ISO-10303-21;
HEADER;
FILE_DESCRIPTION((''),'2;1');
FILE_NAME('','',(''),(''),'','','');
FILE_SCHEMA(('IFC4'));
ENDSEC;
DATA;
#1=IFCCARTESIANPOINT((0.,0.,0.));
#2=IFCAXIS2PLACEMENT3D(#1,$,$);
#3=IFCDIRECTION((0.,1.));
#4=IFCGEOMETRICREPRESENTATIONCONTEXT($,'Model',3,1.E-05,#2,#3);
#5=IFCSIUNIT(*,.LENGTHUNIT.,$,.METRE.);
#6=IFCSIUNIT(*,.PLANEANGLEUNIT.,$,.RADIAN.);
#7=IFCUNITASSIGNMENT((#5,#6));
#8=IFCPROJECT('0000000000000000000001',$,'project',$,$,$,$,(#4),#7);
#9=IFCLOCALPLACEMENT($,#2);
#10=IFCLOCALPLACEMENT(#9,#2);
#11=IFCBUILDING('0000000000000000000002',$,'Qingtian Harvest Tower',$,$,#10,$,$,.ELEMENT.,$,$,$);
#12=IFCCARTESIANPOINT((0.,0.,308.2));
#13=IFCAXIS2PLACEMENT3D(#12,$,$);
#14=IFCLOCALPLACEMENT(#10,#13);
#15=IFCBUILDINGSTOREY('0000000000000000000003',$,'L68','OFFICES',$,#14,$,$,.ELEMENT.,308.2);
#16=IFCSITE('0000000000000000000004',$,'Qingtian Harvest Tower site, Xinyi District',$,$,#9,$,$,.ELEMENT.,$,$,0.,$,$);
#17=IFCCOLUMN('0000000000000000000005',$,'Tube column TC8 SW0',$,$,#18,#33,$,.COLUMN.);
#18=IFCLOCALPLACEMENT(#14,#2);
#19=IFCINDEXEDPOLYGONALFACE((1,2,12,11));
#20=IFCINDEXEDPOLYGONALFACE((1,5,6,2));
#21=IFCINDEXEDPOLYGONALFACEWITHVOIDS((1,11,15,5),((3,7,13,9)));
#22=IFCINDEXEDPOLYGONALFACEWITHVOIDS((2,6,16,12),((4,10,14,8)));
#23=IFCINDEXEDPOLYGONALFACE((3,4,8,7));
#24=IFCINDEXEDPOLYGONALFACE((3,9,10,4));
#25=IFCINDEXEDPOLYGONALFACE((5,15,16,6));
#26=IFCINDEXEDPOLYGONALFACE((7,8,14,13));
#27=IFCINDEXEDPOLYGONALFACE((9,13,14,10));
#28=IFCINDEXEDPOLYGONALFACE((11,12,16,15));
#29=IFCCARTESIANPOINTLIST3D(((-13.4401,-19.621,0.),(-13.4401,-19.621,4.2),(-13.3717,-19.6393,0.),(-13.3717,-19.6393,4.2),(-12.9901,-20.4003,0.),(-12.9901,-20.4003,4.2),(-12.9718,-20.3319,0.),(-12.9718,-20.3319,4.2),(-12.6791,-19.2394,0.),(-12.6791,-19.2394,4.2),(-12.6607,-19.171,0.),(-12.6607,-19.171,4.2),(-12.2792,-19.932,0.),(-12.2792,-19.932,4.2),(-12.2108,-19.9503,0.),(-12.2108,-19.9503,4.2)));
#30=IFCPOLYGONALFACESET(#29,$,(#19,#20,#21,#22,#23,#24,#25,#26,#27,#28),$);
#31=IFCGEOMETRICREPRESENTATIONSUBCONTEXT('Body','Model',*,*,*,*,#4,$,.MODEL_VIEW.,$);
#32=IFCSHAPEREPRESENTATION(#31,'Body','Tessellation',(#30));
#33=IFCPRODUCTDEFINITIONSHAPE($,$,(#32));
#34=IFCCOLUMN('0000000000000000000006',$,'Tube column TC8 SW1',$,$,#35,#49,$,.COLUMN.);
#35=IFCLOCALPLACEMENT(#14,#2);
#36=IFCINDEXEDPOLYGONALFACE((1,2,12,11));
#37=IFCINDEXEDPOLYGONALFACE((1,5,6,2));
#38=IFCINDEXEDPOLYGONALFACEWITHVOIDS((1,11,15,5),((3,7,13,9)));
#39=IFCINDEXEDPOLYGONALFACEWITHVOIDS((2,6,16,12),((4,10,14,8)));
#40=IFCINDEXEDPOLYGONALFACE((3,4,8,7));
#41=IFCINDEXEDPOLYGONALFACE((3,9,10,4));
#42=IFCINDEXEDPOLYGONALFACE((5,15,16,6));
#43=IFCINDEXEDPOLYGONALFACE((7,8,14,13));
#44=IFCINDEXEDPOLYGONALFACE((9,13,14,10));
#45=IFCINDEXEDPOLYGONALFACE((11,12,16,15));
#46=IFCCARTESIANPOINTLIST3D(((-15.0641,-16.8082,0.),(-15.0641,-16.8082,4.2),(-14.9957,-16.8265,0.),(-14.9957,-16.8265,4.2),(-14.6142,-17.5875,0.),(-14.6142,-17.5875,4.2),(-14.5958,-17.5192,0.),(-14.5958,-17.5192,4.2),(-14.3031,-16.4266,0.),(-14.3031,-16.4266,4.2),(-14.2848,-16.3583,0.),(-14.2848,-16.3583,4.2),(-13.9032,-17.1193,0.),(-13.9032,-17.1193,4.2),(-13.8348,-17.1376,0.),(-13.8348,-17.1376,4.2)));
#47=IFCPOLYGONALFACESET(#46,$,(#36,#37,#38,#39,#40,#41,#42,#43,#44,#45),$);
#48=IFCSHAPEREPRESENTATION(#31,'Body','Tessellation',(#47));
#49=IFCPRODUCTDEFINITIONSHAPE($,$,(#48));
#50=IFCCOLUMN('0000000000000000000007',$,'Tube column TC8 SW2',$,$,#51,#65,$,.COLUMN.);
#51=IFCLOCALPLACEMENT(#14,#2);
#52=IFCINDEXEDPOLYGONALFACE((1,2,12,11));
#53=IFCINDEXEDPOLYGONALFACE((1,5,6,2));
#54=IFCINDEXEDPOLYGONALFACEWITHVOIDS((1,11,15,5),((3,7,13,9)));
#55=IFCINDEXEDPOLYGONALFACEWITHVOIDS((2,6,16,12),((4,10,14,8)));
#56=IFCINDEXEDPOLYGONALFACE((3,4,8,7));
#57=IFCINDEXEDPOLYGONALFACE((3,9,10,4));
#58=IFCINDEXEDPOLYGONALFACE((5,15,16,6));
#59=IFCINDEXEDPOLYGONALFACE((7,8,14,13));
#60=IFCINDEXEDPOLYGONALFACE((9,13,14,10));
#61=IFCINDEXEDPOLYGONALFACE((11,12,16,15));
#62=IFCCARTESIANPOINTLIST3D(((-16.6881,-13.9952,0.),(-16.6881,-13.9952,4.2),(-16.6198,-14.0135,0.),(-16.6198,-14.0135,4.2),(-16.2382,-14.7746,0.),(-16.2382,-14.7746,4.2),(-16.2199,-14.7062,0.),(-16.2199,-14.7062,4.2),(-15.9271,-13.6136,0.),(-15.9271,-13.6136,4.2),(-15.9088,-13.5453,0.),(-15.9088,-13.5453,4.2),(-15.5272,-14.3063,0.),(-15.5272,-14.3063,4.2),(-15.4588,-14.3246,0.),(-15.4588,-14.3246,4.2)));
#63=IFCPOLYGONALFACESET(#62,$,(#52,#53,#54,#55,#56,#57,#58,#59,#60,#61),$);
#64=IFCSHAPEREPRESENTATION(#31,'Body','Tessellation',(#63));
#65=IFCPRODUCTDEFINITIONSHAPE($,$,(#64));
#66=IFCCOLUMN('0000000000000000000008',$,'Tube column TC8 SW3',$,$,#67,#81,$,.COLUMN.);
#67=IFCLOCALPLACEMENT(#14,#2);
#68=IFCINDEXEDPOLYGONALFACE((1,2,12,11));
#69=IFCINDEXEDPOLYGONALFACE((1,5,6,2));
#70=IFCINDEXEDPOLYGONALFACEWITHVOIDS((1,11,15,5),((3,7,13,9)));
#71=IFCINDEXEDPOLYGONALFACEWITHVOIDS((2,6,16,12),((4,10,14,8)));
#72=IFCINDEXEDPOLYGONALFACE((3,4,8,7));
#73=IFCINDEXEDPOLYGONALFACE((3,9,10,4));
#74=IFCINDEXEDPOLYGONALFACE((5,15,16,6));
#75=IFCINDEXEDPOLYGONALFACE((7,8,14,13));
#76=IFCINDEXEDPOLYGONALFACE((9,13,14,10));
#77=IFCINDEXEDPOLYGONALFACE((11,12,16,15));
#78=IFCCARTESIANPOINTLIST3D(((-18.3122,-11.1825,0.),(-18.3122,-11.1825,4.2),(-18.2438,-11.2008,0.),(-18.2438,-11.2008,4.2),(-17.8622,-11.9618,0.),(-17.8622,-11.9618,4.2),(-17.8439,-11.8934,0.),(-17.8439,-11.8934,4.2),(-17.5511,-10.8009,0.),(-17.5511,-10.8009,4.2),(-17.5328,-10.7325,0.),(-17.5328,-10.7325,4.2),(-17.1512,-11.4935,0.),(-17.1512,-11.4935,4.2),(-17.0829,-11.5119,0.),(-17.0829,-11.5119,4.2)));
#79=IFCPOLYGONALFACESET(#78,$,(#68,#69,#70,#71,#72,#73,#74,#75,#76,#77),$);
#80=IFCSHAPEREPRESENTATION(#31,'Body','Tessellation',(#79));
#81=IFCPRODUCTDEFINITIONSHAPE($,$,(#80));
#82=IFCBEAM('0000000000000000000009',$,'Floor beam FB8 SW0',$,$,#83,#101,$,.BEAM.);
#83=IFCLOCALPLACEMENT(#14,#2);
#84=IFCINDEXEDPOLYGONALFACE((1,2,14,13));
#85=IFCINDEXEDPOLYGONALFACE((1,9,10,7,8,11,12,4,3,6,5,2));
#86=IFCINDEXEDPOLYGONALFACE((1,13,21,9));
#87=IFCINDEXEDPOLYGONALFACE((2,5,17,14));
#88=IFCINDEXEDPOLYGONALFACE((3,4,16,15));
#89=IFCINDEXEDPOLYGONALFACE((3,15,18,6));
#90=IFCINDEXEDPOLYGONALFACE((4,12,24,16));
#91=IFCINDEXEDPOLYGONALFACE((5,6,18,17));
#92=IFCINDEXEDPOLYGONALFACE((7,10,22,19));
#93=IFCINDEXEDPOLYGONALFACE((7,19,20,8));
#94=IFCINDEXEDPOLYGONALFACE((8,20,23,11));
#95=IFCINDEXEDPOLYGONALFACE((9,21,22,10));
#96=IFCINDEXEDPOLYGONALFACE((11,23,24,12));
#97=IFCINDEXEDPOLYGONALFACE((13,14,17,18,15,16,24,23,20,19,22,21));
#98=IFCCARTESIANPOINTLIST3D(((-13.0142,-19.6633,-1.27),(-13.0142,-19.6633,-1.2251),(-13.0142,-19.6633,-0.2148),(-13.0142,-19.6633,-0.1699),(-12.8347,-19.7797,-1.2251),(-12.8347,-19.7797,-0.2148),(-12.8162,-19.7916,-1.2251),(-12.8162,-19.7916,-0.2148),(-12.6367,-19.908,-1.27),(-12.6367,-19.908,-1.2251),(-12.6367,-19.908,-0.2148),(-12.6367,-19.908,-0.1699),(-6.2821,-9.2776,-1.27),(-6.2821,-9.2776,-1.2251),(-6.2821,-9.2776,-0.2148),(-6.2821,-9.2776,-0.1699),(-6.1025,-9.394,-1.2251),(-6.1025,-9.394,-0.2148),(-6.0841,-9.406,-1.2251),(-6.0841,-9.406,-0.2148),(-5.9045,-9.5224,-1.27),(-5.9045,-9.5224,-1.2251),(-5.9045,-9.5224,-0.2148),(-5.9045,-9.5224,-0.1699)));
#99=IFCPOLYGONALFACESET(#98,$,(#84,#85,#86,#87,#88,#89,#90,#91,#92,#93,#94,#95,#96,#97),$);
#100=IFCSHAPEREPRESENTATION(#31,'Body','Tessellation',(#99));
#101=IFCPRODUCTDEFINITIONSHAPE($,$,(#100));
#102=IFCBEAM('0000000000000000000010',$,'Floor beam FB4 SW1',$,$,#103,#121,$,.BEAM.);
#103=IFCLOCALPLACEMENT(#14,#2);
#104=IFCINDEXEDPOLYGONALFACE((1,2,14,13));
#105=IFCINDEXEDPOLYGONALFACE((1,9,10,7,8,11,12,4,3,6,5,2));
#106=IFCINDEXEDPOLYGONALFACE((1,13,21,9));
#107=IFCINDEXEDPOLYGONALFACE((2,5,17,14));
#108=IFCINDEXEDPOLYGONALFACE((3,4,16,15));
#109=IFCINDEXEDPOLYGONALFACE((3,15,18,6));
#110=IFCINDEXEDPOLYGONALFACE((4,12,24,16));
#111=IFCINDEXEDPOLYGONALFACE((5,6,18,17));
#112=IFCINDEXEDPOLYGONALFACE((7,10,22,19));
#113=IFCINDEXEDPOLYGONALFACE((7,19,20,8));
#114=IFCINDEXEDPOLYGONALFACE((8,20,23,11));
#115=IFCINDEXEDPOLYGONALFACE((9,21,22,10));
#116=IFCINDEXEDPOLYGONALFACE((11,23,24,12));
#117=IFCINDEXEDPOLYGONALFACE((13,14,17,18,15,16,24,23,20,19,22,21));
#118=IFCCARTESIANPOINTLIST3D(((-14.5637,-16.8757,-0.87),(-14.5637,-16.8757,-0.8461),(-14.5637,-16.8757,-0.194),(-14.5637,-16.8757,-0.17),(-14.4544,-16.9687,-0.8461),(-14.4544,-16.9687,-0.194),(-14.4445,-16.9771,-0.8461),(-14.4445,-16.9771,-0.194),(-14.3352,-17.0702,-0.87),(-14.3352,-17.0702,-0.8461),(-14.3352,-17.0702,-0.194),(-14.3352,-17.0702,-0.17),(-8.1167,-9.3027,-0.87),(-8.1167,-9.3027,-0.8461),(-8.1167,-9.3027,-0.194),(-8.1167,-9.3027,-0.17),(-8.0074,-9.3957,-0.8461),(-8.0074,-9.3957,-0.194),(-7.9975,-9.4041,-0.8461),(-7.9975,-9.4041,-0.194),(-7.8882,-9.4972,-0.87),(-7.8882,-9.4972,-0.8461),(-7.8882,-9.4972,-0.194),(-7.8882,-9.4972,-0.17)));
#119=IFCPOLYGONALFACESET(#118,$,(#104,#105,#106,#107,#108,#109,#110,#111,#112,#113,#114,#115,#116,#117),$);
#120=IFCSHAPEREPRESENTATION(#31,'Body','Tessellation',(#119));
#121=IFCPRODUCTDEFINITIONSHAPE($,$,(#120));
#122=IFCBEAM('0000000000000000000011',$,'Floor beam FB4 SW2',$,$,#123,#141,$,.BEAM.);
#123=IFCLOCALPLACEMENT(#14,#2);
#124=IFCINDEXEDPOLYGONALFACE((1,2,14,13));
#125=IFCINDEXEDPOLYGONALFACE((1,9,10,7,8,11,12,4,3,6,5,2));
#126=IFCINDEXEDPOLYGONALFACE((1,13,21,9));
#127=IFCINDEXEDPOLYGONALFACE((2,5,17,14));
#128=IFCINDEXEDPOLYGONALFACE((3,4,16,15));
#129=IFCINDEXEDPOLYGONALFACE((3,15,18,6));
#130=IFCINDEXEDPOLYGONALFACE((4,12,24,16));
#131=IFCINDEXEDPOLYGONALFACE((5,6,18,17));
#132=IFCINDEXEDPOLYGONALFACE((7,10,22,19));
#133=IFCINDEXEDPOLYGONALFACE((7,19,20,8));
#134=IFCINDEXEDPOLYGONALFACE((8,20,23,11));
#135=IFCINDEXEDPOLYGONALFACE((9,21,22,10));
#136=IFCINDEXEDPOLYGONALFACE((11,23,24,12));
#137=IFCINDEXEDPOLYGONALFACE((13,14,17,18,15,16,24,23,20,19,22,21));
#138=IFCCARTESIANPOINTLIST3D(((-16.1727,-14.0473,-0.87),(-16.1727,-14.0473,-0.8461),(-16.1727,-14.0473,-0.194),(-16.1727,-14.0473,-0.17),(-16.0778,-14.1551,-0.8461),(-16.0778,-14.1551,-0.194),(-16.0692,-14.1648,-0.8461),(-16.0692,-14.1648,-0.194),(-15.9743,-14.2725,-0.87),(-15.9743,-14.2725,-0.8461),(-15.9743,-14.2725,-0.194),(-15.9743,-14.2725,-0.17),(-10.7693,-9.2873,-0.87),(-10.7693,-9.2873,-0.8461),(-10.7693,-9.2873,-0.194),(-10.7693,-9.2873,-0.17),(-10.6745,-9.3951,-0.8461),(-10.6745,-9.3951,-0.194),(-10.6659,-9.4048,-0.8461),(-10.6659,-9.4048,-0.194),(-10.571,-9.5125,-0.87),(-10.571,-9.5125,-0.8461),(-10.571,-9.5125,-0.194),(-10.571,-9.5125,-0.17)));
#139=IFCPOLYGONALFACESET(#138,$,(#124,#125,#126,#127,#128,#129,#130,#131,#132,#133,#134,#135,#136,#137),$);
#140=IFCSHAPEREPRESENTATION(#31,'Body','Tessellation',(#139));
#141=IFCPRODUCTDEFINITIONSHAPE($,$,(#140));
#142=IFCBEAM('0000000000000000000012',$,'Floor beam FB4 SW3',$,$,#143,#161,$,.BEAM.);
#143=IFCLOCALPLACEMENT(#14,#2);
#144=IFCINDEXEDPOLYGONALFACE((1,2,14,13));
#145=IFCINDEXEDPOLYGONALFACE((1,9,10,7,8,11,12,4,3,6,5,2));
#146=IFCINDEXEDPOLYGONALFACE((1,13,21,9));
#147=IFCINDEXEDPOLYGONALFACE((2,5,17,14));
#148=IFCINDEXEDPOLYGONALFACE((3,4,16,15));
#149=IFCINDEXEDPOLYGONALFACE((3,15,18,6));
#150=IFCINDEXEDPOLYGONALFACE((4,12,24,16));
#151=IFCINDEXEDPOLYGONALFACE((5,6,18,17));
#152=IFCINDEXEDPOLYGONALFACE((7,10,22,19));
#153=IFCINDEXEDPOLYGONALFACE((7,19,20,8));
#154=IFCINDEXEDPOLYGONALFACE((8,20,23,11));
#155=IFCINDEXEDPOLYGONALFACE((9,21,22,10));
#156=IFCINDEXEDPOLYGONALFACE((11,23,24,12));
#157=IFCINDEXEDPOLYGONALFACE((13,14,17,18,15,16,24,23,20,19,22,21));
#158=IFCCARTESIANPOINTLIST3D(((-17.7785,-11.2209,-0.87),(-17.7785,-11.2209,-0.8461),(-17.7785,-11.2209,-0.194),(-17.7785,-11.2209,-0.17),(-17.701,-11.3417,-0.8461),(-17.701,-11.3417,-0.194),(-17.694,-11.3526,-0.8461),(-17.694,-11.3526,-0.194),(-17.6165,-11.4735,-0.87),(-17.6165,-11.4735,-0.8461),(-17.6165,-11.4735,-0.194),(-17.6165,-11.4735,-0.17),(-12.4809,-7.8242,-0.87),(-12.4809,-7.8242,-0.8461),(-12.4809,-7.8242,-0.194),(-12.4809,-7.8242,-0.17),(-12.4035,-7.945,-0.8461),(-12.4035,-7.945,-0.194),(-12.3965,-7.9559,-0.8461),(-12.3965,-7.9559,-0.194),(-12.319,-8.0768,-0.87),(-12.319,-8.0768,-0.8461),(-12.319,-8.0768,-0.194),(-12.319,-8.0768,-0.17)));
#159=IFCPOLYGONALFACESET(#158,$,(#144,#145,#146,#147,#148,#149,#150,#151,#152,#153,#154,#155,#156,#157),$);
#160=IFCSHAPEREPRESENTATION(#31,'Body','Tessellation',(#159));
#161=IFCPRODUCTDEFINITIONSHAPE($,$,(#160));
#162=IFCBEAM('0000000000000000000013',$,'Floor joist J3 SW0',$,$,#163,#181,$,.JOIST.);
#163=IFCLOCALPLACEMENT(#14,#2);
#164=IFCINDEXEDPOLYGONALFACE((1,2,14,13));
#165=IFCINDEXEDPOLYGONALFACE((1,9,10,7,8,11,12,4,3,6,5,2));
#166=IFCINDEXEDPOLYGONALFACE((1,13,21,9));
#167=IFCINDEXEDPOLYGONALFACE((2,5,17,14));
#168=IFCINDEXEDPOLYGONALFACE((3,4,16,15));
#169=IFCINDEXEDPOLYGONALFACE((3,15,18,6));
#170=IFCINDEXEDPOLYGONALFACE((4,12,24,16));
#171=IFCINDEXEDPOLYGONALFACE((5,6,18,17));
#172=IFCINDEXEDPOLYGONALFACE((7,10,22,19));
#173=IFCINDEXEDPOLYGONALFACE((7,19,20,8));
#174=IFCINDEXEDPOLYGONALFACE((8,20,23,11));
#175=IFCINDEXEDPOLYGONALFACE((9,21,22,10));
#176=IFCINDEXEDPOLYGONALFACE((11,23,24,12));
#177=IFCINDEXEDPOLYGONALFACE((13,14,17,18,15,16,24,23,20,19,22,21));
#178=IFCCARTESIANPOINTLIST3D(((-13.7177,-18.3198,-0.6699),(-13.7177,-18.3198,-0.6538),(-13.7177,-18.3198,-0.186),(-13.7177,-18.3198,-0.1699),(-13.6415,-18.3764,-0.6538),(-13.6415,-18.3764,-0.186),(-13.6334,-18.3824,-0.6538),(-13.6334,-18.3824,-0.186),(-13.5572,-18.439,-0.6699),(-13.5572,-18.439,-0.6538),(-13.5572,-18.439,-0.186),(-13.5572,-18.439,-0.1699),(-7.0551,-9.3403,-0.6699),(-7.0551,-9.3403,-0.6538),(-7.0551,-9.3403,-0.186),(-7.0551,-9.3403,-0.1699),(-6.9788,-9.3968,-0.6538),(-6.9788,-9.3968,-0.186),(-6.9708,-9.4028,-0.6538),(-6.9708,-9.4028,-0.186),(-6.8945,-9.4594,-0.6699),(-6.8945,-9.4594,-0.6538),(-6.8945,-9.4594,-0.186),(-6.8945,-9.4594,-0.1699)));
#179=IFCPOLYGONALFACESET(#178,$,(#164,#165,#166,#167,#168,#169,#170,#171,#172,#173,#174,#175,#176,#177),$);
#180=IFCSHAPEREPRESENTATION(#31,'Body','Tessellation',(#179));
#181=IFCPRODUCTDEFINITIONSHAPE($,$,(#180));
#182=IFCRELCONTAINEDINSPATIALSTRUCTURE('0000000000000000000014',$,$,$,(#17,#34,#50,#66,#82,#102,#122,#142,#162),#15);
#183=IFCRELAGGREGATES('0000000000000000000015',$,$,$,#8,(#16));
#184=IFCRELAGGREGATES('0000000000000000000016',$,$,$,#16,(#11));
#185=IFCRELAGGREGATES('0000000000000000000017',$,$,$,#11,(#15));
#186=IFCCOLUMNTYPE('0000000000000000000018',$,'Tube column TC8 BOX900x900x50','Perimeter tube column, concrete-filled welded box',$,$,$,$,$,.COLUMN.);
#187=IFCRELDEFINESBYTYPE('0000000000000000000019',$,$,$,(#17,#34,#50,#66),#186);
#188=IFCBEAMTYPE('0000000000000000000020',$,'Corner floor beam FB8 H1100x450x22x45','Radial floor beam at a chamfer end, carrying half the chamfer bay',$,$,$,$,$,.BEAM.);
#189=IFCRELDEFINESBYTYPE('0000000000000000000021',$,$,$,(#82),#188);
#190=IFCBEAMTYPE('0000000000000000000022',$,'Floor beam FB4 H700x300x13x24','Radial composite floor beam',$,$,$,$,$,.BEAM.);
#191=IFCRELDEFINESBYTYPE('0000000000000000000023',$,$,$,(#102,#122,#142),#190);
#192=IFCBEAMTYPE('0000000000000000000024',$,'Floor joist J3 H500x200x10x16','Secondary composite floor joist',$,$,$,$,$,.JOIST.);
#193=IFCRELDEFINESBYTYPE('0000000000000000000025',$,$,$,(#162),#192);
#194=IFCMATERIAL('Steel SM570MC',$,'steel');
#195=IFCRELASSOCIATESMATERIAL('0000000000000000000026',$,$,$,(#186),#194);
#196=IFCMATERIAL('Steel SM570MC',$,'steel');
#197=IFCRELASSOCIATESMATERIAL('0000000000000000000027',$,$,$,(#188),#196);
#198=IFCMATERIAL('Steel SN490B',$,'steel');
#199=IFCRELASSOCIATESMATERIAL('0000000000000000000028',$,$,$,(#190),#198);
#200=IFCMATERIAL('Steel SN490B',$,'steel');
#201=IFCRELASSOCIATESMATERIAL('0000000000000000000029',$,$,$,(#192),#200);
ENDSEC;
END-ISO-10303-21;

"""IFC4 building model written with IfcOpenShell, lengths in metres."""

from ifc_helpers import new_model, si_unit, direction, frame, origin, origin_2d, place, context, subcontext, project, spatial, hollow_rectangle, i_section, extrude, material, material_profile, profile_set, type_object, element, save


model = new_model("IFC4")

# Units and contexts
model_context = context("Model", 3, precision=1e-05, world=origin(), true_north=direction((0.0, 1.0)))
body_context = subcontext(model_context, "Body", "Model", "MODEL_VIEW")
ifc_project = project(units=[si_unit("LENGTHUNIT", "METRE"), si_unit("PLANEANGLEUNIT", "RADIAN")], contexts=[model_context])

# Site, building, storey
site_placement = place(None, origin())
site = spatial("IfcSite", under=ifc_project, at=site_placement, Name="Qingtian Harvest Tower site, Xinyi District", CompositionType="ELEMENT", RefElevation=0.0)
building_placement = place(site_placement, origin())
building = spatial("IfcBuilding", under=site, at=building_placement, Name="Qingtian Harvest Tower", CompositionType="ELEMENT")
storey_placement = place(building_placement, frame((0.0, 0.0, 308.2)))
storey = spatial("IfcBuildingStorey", under=building, at=storey_placement, Name="L68", Description="OFFICES", CompositionType="ELEMENT", Elevation=308.2)

# Columns
ifc_material_1 = material(Name="Steel SM570MC", Category="steel")
ifc_material_profile_1 = material_profile(ifc_material_1, hollow_rectangle(XDim=0.8999, YDim=0.8999, WallThickness=0.05, at=origin_2d()), Name="BOX900x900x50")
ifc_profile_set_1 = profile_set([ifc_material_profile_1], Name="Steel SM570MC")
column_type = type_object("IfcColumnType", Name="Tube column TC8 BOX900x900x50", Description="Perimeter tube column, concrete-filled welded box", PredefinedType="COLUMN", material=ifc_profile_set_1)
for number, where, z_axis, x_axis, name in (
    (1, (-12.8254, -19.7856, 0.0), (0.0, 0.0, 1.0), (0.5, -0.866025, 0.0), "Tube column TC8 SW0"),
    (2, (-14.4495, -16.9729, 0.0), (0.0, 0.0, 1.0), (0.5, -0.866025, 0.0), "Tube column TC8 SW1"),
    (3, (-16.0735, -14.1599, 0.0), (0.0, 0.0, 1.0), (0.5, -0.866025, 0.0), "Tube column TC8 SW2"),
    (4, (-17.6975, -11.3472, 0.0), (0.0, 0.0, 1.0), (0.5, -0.866025, 0.0), "Tube column TC8 SW3"),
):
    element("IfcColumn", number, at=place(storey_placement, frame(where, z_axis=z_axis, x_axis=x_axis)), inside=storey, type_object=column_type, Name=name, PredefinedType="COLUMN", context=body_context, shape_type="SweptSolid", body=[
        extrude(hollow_rectangle(XDim=0.8999, YDim=0.8999, WallThickness=0.05, at=origin_2d()), origin(), (0.0, 0.0, 1.0), 4.2),
    ])

# Beams
ifc_material_2 = material(Name="Steel SM570MC", Category="steel")
ifc_material_profile_2 = material_profile(ifc_material_2, i_section(OverallWidth=0.45, OverallDepth=1.1001, WebThickness=0.022, FlangeThickness=0.0449, at=origin_2d()), Name="H1100x450x22x45")
ifc_profile_set_2 = profile_set([ifc_material_profile_2], Name="Steel SM570MC")
beam_type_1 = type_object("IfcBeamType", Name="Corner floor beam FB8 H1100x450x22x45", Description="Radial floor beam at a chamfer end, carrying half the chamfer bay", PredefinedType="BEAM", material=ifc_profile_set_2)
beam_1_placement = place(storey_placement, frame((-12.8254, -19.7856, -0.72), z_axis=(0.543934, 0.839128, 0.0), x_axis=(-0.839128, 0.543934, 0.0)))
element("IfcBeam", 5, at=beam_1_placement, inside=storey, type_object=beam_type_1, Name="Floor beam FB8 SW0", PredefinedType="BEAM", context=body_context, shape_type="SweptSolid", body=[
    extrude(i_section(OverallWidth=0.45, OverallDepth=1.1001, WebThickness=0.022, FlangeThickness=0.0449, at=origin_2d()), origin(), (0.0, 0.0, 1.0), 12.3767),
])
ifc_material_3 = material(Name="Steel SN490B", Category="steel")
ifc_material_profile_3 = material_profile(ifc_material_3, i_section(OverallWidth=0.3, OverallDepth=0.7, WebThickness=0.0129, FlangeThickness=0.0239, at=origin_2d()), Name="H700x300x13x24")
ifc_profile_set_3 = profile_set([ifc_material_profile_3], Name="Steel SN490B")
beam_type_2 = type_object("IfcBeamType", Name="Floor beam FB4 H700x300x13x24", Description="Radial composite floor beam", PredefinedType="BEAM", material=ifc_profile_set_3)
beam_2_placement = place(storey_placement, frame((-14.4495, -16.9729, -0.52), z_axis=(0.64823, 0.761444, 0.0), x_axis=(-0.761444, 0.64823, 0.0)))
element("IfcBeam", 6, at=beam_2_placement, inside=storey, type_object=beam_type_2, Name="Floor beam FB4 SW1", PredefinedType="BEAM", context=body_context, shape_type="SweptSolid", body=[
    extrude(i_section(OverallWidth=0.3, OverallDepth=0.7, WebThickness=0.0129, FlangeThickness=0.0239, at=origin_2d()), origin(), (0.0, 0.0, 1.0), 9.9456),
])
beam_3_placement = place(storey_placement, frame((-16.0735, -14.1599, -0.52), z_axis=(0.750363, 0.661026, 0.0), x_axis=(-0.661026, 0.750363, 0.0)))
element("IfcBeam", 7, at=beam_3_placement, inside=storey, type_object=beam_type_2, Name="Floor beam FB4 SW2", PredefinedType="BEAM", context=body_context, shape_type="SweptSolid", body=[
    extrude(i_section(OverallWidth=0.3, OverallDepth=0.7, WebThickness=0.0129, FlangeThickness=0.0239, at=origin_2d()), origin(), (0.0, 0.0, 1.0), 7.2009),
])
beam_4_placement = place(storey_placement, frame((-17.6975, -11.3472, -0.52), z_axis=(0.841819, 0.539759, 0.0), x_axis=(-0.539759, 0.841819, 0.0)))
element("IfcBeam", 8, at=beam_4_placement, inside=storey, type_object=beam_type_2, Name="Floor beam FB4 SW3", PredefinedType="BEAM", context=body_context, shape_type="SweptSolid", body=[
    extrude(i_section(OverallWidth=0.3, OverallDepth=0.7, WebThickness=0.0129, FlangeThickness=0.0239, at=origin_2d()), origin(), (0.0, 0.0, 1.0), 6.293),
])
ifc_material_4 = material(Name="Steel SN490B", Category="steel")
ifc_material_profile_4 = material_profile(ifc_material_4, i_section(OverallWidth=0.2, OverallDepth=0.5, WebThickness=0.01, FlangeThickness=0.0161, at=origin_2d()), Name="H500x200x10x16")
ifc_profile_set_4 = profile_set([ifc_material_profile_4], Name="Steel SN490B")
beam_type_3 = type_object("IfcBeamType", Name="Floor joist J3 H500x200x10x16", Description="Secondary composite floor joist", PredefinedType="JOIST", material=ifc_profile_set_4)
beam_5_placement = place(storey_placement, frame((-13.6375, -18.3794, -0.4199), z_axis=(0.59587, 0.803081, 0.0), x_axis=(-0.803081, 0.59587, 0.0)))
element("IfcBeam", 9, at=beam_5_placement, inside=storey, type_object=beam_type_3, Name="Floor joist J3 SW0", PredefinedType="JOIST", context=body_context, shape_type="SweptSolid", body=[
    extrude(i_section(OverallWidth=0.2, OverallDepth=0.5, WebThickness=0.01, FlangeThickness=0.0161, at=origin_2d()), origin(), (0.0, 0.0, 1.0), 11.1814),
])

save(model, "model.ifc")
